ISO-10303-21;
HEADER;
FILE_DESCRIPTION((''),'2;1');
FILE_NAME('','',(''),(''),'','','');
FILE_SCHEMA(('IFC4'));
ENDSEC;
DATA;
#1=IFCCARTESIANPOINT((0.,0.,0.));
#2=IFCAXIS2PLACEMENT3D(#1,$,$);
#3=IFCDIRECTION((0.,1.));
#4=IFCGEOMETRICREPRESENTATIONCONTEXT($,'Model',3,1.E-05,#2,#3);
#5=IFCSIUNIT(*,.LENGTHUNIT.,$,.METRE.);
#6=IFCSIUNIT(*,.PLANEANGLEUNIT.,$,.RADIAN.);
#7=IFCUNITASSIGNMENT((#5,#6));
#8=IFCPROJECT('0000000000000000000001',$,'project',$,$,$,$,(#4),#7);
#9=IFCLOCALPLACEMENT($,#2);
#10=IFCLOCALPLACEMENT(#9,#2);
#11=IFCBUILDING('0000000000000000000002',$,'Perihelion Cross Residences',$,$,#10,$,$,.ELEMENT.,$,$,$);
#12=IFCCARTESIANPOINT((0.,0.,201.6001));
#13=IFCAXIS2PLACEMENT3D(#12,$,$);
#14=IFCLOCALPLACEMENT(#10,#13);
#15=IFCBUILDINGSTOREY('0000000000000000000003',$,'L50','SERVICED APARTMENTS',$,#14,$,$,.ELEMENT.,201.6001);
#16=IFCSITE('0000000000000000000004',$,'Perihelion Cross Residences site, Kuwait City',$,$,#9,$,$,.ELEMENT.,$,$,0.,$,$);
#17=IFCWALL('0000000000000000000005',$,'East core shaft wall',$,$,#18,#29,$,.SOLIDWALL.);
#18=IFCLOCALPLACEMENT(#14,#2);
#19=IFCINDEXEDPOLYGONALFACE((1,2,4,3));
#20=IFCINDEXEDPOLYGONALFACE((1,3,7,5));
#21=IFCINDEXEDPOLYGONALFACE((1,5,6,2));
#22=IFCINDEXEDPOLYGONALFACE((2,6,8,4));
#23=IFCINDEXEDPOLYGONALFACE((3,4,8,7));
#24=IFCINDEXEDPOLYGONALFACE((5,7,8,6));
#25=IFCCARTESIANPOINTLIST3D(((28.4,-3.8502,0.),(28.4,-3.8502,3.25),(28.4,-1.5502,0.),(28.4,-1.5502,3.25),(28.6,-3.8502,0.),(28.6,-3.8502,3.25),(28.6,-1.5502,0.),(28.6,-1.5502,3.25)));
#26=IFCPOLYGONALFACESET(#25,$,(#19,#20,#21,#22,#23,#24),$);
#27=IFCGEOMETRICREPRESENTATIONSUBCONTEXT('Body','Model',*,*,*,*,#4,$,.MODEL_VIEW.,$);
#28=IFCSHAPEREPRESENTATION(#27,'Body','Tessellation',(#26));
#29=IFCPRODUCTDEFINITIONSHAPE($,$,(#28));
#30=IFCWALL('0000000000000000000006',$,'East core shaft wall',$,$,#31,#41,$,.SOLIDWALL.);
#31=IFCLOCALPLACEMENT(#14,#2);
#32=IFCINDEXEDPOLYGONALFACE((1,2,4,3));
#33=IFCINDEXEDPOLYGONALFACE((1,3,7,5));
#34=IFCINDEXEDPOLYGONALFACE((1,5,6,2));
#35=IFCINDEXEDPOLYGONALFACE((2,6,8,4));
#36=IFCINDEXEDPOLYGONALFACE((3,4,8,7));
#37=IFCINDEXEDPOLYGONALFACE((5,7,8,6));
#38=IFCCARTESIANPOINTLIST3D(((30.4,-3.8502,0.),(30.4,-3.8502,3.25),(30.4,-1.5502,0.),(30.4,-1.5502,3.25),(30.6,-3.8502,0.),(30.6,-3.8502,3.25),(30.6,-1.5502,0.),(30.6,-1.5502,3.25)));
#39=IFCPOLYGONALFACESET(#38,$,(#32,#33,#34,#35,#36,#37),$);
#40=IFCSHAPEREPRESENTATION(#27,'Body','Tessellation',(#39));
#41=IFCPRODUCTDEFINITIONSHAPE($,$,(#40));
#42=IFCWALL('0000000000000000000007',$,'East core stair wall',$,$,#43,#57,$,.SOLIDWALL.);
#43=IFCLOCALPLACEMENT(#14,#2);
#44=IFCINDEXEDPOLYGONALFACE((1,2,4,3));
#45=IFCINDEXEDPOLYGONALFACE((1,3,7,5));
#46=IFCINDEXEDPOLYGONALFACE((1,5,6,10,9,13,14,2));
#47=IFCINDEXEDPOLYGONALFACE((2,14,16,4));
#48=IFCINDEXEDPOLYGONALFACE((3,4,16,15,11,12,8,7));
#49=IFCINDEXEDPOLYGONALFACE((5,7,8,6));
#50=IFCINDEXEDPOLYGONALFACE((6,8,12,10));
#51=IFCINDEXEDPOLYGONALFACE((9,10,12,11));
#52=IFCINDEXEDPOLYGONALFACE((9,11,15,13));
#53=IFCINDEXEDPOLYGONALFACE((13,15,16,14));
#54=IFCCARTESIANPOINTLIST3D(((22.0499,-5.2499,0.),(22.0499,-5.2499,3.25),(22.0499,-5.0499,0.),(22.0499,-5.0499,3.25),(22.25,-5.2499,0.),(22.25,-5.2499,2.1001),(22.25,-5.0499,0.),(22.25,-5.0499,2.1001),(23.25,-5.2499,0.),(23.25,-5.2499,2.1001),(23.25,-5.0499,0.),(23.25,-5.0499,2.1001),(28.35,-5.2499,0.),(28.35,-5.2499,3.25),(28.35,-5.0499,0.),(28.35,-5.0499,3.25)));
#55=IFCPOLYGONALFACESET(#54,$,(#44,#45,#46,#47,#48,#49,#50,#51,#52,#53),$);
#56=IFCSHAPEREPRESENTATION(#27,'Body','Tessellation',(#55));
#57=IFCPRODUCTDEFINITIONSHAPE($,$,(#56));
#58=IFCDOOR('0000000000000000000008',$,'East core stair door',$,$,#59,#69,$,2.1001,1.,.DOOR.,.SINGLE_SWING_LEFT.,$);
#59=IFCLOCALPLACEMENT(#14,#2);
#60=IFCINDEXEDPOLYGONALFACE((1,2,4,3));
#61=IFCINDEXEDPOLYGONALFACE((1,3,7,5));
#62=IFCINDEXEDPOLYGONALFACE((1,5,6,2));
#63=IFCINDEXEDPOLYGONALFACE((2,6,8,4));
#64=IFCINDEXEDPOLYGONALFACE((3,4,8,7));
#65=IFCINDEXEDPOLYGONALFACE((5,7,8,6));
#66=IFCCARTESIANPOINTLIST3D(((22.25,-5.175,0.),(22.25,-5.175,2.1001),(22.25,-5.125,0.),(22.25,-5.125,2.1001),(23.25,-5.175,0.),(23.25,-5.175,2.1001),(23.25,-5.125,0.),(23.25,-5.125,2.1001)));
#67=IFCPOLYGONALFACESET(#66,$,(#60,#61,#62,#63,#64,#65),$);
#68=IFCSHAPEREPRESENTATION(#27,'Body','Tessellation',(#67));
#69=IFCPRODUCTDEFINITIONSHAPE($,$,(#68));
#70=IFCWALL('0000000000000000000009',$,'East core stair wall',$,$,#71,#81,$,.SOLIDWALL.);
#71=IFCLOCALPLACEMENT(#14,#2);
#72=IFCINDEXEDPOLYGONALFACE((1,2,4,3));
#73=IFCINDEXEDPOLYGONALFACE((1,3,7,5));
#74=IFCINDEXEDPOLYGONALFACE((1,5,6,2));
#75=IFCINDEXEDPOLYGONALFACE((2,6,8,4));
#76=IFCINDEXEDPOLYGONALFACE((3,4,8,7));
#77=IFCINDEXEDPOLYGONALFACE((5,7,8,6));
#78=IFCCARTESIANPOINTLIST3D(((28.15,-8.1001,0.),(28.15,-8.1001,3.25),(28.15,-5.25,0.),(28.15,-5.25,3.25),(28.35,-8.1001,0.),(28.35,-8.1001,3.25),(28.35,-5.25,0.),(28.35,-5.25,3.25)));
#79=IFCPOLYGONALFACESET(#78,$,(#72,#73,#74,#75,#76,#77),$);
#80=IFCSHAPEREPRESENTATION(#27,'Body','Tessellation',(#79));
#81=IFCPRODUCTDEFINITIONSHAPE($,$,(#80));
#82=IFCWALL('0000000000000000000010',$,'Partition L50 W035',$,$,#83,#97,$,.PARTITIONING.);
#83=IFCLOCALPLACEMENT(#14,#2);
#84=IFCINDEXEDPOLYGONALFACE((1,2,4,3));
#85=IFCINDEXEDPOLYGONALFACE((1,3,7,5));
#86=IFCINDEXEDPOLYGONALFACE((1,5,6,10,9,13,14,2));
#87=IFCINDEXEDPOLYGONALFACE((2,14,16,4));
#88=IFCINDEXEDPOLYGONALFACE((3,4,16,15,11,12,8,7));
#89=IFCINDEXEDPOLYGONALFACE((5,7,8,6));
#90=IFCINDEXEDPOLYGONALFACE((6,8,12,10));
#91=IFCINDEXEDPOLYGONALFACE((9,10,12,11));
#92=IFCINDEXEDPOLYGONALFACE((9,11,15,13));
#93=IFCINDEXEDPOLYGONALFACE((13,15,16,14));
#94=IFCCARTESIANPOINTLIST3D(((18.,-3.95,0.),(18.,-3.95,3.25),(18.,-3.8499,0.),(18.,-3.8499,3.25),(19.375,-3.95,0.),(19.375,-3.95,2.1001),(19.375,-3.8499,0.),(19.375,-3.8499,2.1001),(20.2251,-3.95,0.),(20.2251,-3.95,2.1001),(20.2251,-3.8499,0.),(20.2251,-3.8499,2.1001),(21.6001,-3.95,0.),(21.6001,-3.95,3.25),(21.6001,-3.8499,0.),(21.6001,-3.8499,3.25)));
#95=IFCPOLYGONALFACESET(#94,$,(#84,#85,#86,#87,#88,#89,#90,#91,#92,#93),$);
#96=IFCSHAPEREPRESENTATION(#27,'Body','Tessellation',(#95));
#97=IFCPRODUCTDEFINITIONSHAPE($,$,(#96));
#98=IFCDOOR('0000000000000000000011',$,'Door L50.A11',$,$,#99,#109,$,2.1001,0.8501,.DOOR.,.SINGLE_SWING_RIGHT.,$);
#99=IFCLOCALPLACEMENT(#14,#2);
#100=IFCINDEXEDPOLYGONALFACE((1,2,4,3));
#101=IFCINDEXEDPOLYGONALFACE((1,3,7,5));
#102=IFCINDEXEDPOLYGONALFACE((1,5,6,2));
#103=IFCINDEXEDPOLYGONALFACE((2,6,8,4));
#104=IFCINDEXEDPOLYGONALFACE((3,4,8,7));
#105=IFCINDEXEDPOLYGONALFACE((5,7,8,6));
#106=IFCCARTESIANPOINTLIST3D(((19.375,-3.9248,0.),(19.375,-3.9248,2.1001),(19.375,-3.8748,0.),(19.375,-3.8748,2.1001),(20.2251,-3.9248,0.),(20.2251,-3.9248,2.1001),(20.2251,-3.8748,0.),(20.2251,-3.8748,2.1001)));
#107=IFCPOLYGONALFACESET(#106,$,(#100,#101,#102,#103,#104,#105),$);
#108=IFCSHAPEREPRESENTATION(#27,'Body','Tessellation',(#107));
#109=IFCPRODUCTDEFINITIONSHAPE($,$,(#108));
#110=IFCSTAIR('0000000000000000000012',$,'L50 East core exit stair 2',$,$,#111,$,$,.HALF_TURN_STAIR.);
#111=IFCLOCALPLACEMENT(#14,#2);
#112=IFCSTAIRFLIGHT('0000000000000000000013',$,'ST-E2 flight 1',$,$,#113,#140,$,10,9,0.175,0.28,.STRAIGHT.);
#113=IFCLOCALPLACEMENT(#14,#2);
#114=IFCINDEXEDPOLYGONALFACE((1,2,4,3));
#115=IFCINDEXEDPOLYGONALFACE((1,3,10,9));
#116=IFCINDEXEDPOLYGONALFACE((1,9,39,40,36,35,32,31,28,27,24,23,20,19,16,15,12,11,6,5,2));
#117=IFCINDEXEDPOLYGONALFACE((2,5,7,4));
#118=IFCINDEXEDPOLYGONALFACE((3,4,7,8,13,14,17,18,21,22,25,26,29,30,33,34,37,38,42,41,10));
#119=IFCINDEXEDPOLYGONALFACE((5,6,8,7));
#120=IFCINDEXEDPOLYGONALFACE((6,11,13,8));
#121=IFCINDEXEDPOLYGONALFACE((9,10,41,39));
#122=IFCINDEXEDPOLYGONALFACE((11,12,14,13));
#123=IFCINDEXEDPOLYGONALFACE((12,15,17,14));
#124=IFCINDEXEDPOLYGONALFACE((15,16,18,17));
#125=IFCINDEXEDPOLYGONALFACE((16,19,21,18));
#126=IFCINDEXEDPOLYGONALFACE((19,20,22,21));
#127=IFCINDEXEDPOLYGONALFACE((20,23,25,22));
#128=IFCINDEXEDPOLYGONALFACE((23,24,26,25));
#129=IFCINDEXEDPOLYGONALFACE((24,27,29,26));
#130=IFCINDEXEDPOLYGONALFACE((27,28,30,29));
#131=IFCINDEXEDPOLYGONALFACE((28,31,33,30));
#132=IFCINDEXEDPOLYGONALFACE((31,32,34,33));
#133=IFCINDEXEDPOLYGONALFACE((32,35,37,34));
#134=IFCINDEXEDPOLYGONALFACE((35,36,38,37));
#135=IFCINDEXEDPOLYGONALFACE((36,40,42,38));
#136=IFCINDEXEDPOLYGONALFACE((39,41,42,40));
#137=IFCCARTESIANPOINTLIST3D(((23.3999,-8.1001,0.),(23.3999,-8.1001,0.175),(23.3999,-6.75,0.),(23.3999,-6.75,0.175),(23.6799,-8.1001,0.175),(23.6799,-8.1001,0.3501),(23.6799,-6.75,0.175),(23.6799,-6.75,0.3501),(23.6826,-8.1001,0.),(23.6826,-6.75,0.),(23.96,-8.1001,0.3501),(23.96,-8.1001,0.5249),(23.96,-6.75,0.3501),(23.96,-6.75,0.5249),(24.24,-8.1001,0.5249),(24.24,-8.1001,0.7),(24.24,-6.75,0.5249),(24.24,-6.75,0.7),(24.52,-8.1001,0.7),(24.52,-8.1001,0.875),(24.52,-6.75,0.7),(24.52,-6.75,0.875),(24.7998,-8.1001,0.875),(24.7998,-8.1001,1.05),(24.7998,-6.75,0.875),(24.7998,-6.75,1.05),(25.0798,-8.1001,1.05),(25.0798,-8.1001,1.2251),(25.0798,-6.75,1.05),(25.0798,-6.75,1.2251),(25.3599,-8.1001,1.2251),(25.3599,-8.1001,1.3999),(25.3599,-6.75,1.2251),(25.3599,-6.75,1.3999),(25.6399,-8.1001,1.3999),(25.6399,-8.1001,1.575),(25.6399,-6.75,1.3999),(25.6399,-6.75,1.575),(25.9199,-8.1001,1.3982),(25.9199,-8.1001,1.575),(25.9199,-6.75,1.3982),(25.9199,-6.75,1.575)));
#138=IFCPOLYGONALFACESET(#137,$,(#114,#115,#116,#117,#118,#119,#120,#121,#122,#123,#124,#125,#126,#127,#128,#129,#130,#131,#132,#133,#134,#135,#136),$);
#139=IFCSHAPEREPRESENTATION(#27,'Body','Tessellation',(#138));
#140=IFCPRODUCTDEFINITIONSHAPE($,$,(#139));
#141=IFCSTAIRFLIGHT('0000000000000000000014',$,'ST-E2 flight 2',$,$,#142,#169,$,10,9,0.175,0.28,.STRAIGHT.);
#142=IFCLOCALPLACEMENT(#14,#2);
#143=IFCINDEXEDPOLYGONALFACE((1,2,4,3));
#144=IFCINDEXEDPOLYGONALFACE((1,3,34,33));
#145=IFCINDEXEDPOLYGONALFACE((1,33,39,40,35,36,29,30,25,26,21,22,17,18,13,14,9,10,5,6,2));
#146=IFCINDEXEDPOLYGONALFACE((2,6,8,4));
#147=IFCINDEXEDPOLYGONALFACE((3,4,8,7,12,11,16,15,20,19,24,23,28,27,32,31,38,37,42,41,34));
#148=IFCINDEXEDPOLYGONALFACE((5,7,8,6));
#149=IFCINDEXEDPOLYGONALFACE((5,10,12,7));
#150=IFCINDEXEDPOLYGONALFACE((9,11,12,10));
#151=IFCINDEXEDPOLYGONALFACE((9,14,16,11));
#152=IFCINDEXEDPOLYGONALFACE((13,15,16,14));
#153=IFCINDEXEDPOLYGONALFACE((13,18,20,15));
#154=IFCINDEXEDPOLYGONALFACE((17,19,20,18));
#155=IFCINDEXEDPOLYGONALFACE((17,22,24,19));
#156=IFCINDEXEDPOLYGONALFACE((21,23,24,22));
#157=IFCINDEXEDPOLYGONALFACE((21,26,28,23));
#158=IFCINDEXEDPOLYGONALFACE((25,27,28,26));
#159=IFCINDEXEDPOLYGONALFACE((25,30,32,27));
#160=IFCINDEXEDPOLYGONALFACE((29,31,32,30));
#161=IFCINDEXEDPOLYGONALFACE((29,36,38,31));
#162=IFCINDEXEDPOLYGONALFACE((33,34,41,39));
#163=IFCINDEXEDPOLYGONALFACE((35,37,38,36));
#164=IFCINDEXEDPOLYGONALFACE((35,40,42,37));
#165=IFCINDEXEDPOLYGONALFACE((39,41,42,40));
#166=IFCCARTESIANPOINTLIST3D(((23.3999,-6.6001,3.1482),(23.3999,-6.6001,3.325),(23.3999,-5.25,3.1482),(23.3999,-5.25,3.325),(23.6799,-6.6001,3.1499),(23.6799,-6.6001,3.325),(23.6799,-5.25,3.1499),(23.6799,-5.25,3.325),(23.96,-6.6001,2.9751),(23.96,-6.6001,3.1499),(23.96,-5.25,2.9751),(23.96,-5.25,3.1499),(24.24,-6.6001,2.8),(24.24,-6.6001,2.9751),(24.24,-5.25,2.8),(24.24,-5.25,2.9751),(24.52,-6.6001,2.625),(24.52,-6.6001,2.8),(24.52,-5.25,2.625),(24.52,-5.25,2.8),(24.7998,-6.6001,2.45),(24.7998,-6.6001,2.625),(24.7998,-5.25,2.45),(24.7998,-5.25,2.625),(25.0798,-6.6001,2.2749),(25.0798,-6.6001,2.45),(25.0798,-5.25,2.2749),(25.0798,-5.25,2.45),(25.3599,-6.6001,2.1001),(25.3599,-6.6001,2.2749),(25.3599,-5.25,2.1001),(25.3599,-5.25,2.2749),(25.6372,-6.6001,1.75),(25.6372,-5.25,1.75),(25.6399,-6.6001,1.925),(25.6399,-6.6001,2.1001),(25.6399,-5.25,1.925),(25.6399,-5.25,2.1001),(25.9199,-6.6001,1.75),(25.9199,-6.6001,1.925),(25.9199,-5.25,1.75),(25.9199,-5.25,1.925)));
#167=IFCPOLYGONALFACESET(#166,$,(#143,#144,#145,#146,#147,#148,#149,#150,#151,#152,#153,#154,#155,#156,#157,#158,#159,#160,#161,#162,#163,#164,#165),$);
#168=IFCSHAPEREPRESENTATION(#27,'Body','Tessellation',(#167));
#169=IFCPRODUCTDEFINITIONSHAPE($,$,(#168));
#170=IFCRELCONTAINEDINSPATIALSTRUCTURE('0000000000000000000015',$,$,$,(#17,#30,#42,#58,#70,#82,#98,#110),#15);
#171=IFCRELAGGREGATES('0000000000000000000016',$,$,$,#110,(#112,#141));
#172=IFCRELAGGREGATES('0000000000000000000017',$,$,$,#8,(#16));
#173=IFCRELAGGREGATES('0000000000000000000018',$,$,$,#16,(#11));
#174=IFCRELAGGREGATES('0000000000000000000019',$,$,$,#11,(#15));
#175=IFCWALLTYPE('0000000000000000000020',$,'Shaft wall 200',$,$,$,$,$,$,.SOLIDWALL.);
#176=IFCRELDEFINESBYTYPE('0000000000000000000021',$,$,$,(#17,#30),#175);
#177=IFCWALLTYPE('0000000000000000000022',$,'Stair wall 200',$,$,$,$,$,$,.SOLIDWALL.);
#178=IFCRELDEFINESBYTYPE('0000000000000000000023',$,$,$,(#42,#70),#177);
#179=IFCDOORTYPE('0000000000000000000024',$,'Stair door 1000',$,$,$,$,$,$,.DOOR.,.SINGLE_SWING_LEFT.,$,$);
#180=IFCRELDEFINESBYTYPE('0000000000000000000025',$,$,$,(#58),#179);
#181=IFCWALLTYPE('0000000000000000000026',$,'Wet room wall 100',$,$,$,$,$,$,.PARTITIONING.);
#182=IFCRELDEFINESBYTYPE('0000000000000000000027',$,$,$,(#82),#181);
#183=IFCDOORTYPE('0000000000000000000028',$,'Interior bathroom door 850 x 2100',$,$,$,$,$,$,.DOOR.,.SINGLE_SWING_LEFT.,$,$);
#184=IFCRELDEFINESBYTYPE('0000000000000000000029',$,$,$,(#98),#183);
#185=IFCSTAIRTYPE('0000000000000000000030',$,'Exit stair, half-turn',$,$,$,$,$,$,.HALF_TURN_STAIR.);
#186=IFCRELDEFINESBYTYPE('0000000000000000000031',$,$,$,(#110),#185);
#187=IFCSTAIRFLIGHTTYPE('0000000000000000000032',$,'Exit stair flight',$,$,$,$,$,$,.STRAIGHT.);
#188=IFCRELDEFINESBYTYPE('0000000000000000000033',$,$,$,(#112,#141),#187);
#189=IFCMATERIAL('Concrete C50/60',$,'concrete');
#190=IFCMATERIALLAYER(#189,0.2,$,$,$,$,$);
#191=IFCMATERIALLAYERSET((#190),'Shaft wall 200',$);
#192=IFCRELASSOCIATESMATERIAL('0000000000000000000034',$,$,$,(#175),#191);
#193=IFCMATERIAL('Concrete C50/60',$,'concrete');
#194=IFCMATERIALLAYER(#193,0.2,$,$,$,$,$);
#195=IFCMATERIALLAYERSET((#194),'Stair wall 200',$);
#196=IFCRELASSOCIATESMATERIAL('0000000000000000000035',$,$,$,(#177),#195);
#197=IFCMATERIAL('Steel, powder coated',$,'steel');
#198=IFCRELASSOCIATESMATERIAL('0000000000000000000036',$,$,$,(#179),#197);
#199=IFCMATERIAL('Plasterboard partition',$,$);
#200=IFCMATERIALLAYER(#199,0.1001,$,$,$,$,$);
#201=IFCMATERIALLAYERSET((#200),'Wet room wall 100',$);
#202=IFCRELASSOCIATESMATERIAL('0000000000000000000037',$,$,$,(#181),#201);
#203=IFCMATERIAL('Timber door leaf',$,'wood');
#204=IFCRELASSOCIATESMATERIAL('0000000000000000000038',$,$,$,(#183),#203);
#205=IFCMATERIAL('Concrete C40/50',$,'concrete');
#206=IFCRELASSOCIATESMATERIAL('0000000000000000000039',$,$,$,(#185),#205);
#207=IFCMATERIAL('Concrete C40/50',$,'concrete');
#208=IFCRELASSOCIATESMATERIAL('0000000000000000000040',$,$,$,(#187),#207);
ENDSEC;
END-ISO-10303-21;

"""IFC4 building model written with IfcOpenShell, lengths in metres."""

from ifc_helpers import new_model, si_unit, direction, frame, frame_2d, origin, place, context, subcontext, project, spatial, polyline, rectangle, outline, extrude, material, layer, layer_set, type_object, element, fill, aggregate, save


model = new_model("IFC4")

# Units and contexts
model_context = context("Model", 3, precision=1e-05, world=origin(), true_north=direction((0.0, 1.0)))
body_context = subcontext(model_context, "Body", "Model", "MODEL_VIEW")
ifc_project = project(units=[si_unit("LENGTHUNIT", "METRE"), si_unit("PLANEANGLEUNIT", "RADIAN")], contexts=[model_context])

# Site, building, storey
site_placement = place(None, origin())
site = spatial("IfcSite", under=ifc_project, at=site_placement, Name="Perihelion Cross Residences site, Kuwait City", CompositionType="ELEMENT", RefElevation=0.0)
building_placement = place(site_placement, origin())
building = spatial("IfcBuilding", under=site, at=building_placement, Name="Perihelion Cross Residences", CompositionType="ELEMENT")
storey_placement = place(building_placement, frame((0.0, 0.0, 201.6001)))
storey = spatial("IfcBuildingStorey", under=building, at=storey_placement, Name="L50", Description="SERVICED APARTMENTS", CompositionType="ELEMENT", Elevation=201.6001)

# Walls
ifc_material_1 = material(Name="Concrete C50/60", Category="concrete")
ifc_layer_1 = layer(ifc_material_1, 0.2)
ifc_layer_set_1 = layer_set([ifc_layer_1], Name="Shaft wall 200")
wall_type_1 = type_object("IfcWallType", Name="Shaft wall 200", PredefinedType="SOLIDWALL", material=ifc_layer_set_1)
for number, where, z_axis, x_axis, name in (
    (1, (28.5, -3.8501, 0.0), (0.0, 0.0, 1.0), (0.0, 1.0, 0.0), "East core shaft wall"),
    (2, (30.5, -3.8501, 0.0), (0.0, 0.0, 1.0), (0.0, 1.0, 0.0), "East core shaft wall"),
):
    element("IfcWall", number, at=place(storey_placement, frame(where, z_axis=z_axis, x_axis=x_axis)), inside=storey, type_object=wall_type_1, Name=name, PredefinedType="SOLIDWALL", context=body_context, shape_type="SweptSolid", body=[
        extrude(rectangle(XDim=2.3, YDim=0.2, at=frame_2d((1.1499, 0.0))), origin(), (0.0, 0.0, 1.0), 3.25),
    ])

# Wall, opening, door
ifc_material_2 = material(Name="Concrete C50/60", Category="concrete")
ifc_layer_2 = layer(ifc_material_2, 0.2)
ifc_layer_set_2 = layer_set([ifc_layer_2], Name="Stair wall 200")
wall_type_2 = type_object("IfcWallType", Name="Stair wall 200", PredefinedType="SOLIDWALL", material=ifc_layer_set_2)
wall_1_placement = place(storey_placement, frame((22.05, -5.1499, 0.0), z_axis=(0.0, 0.0, 1.0), x_axis=(1.0, 0.0, 0.0)))
wall_1 = element("IfcWall", 3, at=wall_1_placement, inside=storey, type_object=wall_type_2, Name="East core stair wall", PredefinedType="SOLIDWALL", context=body_context, shape_type="SweptSolid", body=[
    extrude(rectangle(XDim=6.3, YDim=0.2, at=frame_2d((3.1499, 0.0))), origin(), (0.0, 0.0, 1.0), 3.25),
])
opening_1_placement = place(wall_1_placement, frame((0.2, 0.0, 0.0)))
opening_1 = element("IfcOpeningElement", 4, at=opening_1_placement, cuts=wall_1, PredefinedType="OPENING", context=body_context, shape_type="SweptSolid", body=[
    extrude(rectangle(XDim=1.0, YDim=2.1001, at=frame_2d((0.5, 1.05))), frame((0.0, 0.1099, 0.0), z_axis=(0.0, -1.0, 0.0), x_axis=(1.0, 0.0, 0.0)), (0.0, 0.0, 1.0), 0.22),
])
ifc_material_3 = material(Name="Steel, powder coated", Category="steel")
door_type_1 = type_object("IfcDoorType", Name="Stair door 1000", OperationType="SINGLE_SWING_LEFT", PredefinedType="DOOR", material=ifc_material_3)
door_1_placement = place(opening_1_placement, origin())
door_1 = element("IfcDoor", 5, at=door_1_placement, inside=storey, type_object=door_type_1, Name="East core stair door", OperationType="SINGLE_SWING_LEFT", OverallHeight=2.1001, OverallWidth=1.0, PredefinedType="DOOR", context=body_context, shape_type="SweptSolid", body=[
    extrude(rectangle(XDim=1.0, YDim=2.1001, at=frame_2d((0.5, 1.05))), frame((0.0, 0.0249, 0.0), z_axis=(0.0, -1.0, 0.0), x_axis=(1.0, 0.0, 0.0)), (0.0, 0.0, 1.0), 0.05),
])
fill(opening_1, door_1)

# Wall
wall_2_placement = place(storey_placement, frame((28.25, -8.1001, 0.0), z_axis=(0.0, 0.0, 1.0), x_axis=(0.0, 1.0, 0.0)))
element("IfcWall", 6, at=wall_2_placement, inside=storey, type_object=wall_type_2, Name="East core stair wall", PredefinedType="SOLIDWALL", context=body_context, shape_type="SweptSolid", body=[
    extrude(rectangle(XDim=2.8501, YDim=0.2, at=frame_2d((1.425, 0.0))), origin(), (0.0, 0.0, 1.0), 3.25),
])

# Wall, opening, door
ifc_material_4 = material(Name="Plasterboard partition")
ifc_layer_3 = layer(ifc_material_4, 0.1001)
ifc_layer_set_3 = layer_set([ifc_layer_3], Name="Wet room wall 100")
wall_type_3 = type_object("IfcWallType", Name="Wet room wall 100", PredefinedType="PARTITIONING", material=ifc_layer_set_3)
wall_3_placement = place(storey_placement, frame((21.6001, -3.8999, 0.0), z_axis=(0.0, 0.0, 1.0), x_axis=(-1.0, 0.0, 0.0)))
wall_3 = element("IfcWall", 7, at=wall_3_placement, inside=storey, type_object=wall_type_3, Name="Partition L50 W035", PredefinedType="PARTITIONING", context=body_context, shape_type="SweptSolid", body=[
    extrude(rectangle(XDim=3.6001, YDim=0.1001, at=frame_2d((1.8, 0.0))), origin(), (0.0, 0.0, 1.0), 3.25),
])
opening_2_placement = place(wall_3_placement, frame((1.375, 0.0, 0.0)))
opening_2 = element("IfcOpeningElement", 8, at=opening_2_placement, cuts=wall_3, PredefinedType="OPENING", context=body_context, shape_type="SweptSolid", body=[
    extrude(rectangle(XDim=0.8501, YDim=2.1001, at=frame_2d((0.425, 1.05))), frame((0.0, 0.0601, 0.0), z_axis=(0.0, -1.0, 0.0), x_axis=(1.0, 0.0, 0.0)), (0.0, 0.0, 1.0), 0.1201),
])
ifc_material_5 = material(Name="Timber door leaf", Category="wood")
door_type_2 = type_object("IfcDoorType", Name="Interior bathroom door 850 x 2100", OperationType="SINGLE_SWING_LEFT", PredefinedType="DOOR", material=ifc_material_5)
door_2_placement = place(opening_2_placement, origin())
door_2 = element("IfcDoor", 9, at=door_2_placement, inside=storey, type_object=door_type_2, Name="Door L50.A11", OperationType="SINGLE_SWING_RIGHT", OverallHeight=2.1001, OverallWidth=0.8501, PredefinedType="DOOR", context=body_context, shape_type="SweptSolid", body=[
    extrude(rectangle(XDim=0.8501, YDim=2.1001, at=frame_2d((0.425, 1.05))), frame((0.0, 0.0249, 0.0), z_axis=(0.0, -1.0, 0.0), x_axis=(1.0, 0.0, 0.0)), (0.0, 0.0, 1.0), 0.05),
])
fill(opening_2, door_2)

# Stair, stair flights
ifc_material_6 = material(Name="Concrete C40/50", Category="concrete")
stair_type = type_object("IfcStairType", Name="Exit stair, half-turn", PredefinedType="HALF_TURN_STAIR", material=ifc_material_6)
stair_placement = place(storey_placement, origin())
stair = element("IfcStair", 10, at=stair_placement, inside=storey, type_object=stair_type, Name="L50 East core exit stair 2", PredefinedType="HALF_TURN_STAIR")
ifc_material_7 = material(Name="Concrete C40/50", Category="concrete")
stair_flight_type = type_object("IfcStairFlightType", Name="Exit stair flight", PredefinedType="STRAIGHT", material=ifc_material_7)
stair_flight_1_placement = place(storey_placement, frame((23.3999, -7.425, 0.0), z_axis=(0.0, 0.0, 1.0), x_axis=(1.0, 0.0, 0.0)))
stair_flight_1 = element("IfcStairFlight", 11, at=stair_flight_1_placement, type_object=stair_flight_type, Name="ST-E2 flight 1", NumberOfRisers=10, NumberOfTreads=9, PredefinedType="STRAIGHT", RiserHeight=0.175, TreadLength=0.28, context=body_context, shape_type="SweptSolid", body=[
    extrude(outline(polyline([(0.0, 0.0), (0.0, 0.175), (0.28, 0.175), (0.28, 0.3501), (0.5601, 0.3501), (0.5601, 0.5249), (0.8401, 0.5249), (0.8401, 0.7), (1.1201, 0.7), (1.1201, 0.875), (1.3999, 0.875), (1.3999, 1.05), (1.6799, 1.05), (1.6799, 1.2251), (1.96, 1.2251), (1.96, 1.3999), (2.24, 1.3999), (2.24, 1.575), (2.52, 1.575), (2.52, 1.75), (2.52, 1.3982), (0.2827, 0.0), (0.0, 0.0)])), frame((0.0, 0.675, 0.0), z_axis=(0.0, -1.0, 0.0), x_axis=(1.0, 0.0, 0.0)), (0.0, 0.0, 1.0), 1.3501),
])
stair_flight_2_placement = place(storey_placement, frame((25.9199, -5.925, 1.75), z_axis=(0.0, 0.0, 1.0), x_axis=(-1.0, 0.0, 0.0)))
stair_flight_2 = element("IfcStairFlight", 12, at=stair_flight_2_placement, type_object=stair_flight_type, Name="ST-E2 flight 2", NumberOfRisers=10, NumberOfTreads=9, PredefinedType="STRAIGHT", RiserHeight=0.175, TreadLength=0.28, context=body_context, shape_type="SweptSolid", body=[
    extrude(outline(polyline([(0.0, 0.0), (0.0, 0.175), (0.28, 0.175), (0.28, 0.3501), (0.5601, 0.3501), (0.5601, 0.5249), (0.8401, 0.5249), (0.8401, 0.7), (1.1201, 0.7), (1.1201, 0.875), (1.3999, 0.875), (1.3999, 1.05), (1.6799, 1.05), (1.6799, 1.2251), (1.96, 1.2251), (1.96, 1.3999), (2.24, 1.3999), (2.24, 1.575), (2.52, 1.575), (2.52, 1.75), (2.52, 1.3982), (0.2827, 0.0), (0.0, 0.0)])), frame((0.0, 0.675, 0.0), z_axis=(0.0, -1.0, 0.0), x_axis=(1.0, 0.0, 0.0)), (0.0, 0.0, 1.0), 1.3501),
])
aggregate(stair, [stair_flight_1, stair_flight_2])

save(model, "model.ifc")
